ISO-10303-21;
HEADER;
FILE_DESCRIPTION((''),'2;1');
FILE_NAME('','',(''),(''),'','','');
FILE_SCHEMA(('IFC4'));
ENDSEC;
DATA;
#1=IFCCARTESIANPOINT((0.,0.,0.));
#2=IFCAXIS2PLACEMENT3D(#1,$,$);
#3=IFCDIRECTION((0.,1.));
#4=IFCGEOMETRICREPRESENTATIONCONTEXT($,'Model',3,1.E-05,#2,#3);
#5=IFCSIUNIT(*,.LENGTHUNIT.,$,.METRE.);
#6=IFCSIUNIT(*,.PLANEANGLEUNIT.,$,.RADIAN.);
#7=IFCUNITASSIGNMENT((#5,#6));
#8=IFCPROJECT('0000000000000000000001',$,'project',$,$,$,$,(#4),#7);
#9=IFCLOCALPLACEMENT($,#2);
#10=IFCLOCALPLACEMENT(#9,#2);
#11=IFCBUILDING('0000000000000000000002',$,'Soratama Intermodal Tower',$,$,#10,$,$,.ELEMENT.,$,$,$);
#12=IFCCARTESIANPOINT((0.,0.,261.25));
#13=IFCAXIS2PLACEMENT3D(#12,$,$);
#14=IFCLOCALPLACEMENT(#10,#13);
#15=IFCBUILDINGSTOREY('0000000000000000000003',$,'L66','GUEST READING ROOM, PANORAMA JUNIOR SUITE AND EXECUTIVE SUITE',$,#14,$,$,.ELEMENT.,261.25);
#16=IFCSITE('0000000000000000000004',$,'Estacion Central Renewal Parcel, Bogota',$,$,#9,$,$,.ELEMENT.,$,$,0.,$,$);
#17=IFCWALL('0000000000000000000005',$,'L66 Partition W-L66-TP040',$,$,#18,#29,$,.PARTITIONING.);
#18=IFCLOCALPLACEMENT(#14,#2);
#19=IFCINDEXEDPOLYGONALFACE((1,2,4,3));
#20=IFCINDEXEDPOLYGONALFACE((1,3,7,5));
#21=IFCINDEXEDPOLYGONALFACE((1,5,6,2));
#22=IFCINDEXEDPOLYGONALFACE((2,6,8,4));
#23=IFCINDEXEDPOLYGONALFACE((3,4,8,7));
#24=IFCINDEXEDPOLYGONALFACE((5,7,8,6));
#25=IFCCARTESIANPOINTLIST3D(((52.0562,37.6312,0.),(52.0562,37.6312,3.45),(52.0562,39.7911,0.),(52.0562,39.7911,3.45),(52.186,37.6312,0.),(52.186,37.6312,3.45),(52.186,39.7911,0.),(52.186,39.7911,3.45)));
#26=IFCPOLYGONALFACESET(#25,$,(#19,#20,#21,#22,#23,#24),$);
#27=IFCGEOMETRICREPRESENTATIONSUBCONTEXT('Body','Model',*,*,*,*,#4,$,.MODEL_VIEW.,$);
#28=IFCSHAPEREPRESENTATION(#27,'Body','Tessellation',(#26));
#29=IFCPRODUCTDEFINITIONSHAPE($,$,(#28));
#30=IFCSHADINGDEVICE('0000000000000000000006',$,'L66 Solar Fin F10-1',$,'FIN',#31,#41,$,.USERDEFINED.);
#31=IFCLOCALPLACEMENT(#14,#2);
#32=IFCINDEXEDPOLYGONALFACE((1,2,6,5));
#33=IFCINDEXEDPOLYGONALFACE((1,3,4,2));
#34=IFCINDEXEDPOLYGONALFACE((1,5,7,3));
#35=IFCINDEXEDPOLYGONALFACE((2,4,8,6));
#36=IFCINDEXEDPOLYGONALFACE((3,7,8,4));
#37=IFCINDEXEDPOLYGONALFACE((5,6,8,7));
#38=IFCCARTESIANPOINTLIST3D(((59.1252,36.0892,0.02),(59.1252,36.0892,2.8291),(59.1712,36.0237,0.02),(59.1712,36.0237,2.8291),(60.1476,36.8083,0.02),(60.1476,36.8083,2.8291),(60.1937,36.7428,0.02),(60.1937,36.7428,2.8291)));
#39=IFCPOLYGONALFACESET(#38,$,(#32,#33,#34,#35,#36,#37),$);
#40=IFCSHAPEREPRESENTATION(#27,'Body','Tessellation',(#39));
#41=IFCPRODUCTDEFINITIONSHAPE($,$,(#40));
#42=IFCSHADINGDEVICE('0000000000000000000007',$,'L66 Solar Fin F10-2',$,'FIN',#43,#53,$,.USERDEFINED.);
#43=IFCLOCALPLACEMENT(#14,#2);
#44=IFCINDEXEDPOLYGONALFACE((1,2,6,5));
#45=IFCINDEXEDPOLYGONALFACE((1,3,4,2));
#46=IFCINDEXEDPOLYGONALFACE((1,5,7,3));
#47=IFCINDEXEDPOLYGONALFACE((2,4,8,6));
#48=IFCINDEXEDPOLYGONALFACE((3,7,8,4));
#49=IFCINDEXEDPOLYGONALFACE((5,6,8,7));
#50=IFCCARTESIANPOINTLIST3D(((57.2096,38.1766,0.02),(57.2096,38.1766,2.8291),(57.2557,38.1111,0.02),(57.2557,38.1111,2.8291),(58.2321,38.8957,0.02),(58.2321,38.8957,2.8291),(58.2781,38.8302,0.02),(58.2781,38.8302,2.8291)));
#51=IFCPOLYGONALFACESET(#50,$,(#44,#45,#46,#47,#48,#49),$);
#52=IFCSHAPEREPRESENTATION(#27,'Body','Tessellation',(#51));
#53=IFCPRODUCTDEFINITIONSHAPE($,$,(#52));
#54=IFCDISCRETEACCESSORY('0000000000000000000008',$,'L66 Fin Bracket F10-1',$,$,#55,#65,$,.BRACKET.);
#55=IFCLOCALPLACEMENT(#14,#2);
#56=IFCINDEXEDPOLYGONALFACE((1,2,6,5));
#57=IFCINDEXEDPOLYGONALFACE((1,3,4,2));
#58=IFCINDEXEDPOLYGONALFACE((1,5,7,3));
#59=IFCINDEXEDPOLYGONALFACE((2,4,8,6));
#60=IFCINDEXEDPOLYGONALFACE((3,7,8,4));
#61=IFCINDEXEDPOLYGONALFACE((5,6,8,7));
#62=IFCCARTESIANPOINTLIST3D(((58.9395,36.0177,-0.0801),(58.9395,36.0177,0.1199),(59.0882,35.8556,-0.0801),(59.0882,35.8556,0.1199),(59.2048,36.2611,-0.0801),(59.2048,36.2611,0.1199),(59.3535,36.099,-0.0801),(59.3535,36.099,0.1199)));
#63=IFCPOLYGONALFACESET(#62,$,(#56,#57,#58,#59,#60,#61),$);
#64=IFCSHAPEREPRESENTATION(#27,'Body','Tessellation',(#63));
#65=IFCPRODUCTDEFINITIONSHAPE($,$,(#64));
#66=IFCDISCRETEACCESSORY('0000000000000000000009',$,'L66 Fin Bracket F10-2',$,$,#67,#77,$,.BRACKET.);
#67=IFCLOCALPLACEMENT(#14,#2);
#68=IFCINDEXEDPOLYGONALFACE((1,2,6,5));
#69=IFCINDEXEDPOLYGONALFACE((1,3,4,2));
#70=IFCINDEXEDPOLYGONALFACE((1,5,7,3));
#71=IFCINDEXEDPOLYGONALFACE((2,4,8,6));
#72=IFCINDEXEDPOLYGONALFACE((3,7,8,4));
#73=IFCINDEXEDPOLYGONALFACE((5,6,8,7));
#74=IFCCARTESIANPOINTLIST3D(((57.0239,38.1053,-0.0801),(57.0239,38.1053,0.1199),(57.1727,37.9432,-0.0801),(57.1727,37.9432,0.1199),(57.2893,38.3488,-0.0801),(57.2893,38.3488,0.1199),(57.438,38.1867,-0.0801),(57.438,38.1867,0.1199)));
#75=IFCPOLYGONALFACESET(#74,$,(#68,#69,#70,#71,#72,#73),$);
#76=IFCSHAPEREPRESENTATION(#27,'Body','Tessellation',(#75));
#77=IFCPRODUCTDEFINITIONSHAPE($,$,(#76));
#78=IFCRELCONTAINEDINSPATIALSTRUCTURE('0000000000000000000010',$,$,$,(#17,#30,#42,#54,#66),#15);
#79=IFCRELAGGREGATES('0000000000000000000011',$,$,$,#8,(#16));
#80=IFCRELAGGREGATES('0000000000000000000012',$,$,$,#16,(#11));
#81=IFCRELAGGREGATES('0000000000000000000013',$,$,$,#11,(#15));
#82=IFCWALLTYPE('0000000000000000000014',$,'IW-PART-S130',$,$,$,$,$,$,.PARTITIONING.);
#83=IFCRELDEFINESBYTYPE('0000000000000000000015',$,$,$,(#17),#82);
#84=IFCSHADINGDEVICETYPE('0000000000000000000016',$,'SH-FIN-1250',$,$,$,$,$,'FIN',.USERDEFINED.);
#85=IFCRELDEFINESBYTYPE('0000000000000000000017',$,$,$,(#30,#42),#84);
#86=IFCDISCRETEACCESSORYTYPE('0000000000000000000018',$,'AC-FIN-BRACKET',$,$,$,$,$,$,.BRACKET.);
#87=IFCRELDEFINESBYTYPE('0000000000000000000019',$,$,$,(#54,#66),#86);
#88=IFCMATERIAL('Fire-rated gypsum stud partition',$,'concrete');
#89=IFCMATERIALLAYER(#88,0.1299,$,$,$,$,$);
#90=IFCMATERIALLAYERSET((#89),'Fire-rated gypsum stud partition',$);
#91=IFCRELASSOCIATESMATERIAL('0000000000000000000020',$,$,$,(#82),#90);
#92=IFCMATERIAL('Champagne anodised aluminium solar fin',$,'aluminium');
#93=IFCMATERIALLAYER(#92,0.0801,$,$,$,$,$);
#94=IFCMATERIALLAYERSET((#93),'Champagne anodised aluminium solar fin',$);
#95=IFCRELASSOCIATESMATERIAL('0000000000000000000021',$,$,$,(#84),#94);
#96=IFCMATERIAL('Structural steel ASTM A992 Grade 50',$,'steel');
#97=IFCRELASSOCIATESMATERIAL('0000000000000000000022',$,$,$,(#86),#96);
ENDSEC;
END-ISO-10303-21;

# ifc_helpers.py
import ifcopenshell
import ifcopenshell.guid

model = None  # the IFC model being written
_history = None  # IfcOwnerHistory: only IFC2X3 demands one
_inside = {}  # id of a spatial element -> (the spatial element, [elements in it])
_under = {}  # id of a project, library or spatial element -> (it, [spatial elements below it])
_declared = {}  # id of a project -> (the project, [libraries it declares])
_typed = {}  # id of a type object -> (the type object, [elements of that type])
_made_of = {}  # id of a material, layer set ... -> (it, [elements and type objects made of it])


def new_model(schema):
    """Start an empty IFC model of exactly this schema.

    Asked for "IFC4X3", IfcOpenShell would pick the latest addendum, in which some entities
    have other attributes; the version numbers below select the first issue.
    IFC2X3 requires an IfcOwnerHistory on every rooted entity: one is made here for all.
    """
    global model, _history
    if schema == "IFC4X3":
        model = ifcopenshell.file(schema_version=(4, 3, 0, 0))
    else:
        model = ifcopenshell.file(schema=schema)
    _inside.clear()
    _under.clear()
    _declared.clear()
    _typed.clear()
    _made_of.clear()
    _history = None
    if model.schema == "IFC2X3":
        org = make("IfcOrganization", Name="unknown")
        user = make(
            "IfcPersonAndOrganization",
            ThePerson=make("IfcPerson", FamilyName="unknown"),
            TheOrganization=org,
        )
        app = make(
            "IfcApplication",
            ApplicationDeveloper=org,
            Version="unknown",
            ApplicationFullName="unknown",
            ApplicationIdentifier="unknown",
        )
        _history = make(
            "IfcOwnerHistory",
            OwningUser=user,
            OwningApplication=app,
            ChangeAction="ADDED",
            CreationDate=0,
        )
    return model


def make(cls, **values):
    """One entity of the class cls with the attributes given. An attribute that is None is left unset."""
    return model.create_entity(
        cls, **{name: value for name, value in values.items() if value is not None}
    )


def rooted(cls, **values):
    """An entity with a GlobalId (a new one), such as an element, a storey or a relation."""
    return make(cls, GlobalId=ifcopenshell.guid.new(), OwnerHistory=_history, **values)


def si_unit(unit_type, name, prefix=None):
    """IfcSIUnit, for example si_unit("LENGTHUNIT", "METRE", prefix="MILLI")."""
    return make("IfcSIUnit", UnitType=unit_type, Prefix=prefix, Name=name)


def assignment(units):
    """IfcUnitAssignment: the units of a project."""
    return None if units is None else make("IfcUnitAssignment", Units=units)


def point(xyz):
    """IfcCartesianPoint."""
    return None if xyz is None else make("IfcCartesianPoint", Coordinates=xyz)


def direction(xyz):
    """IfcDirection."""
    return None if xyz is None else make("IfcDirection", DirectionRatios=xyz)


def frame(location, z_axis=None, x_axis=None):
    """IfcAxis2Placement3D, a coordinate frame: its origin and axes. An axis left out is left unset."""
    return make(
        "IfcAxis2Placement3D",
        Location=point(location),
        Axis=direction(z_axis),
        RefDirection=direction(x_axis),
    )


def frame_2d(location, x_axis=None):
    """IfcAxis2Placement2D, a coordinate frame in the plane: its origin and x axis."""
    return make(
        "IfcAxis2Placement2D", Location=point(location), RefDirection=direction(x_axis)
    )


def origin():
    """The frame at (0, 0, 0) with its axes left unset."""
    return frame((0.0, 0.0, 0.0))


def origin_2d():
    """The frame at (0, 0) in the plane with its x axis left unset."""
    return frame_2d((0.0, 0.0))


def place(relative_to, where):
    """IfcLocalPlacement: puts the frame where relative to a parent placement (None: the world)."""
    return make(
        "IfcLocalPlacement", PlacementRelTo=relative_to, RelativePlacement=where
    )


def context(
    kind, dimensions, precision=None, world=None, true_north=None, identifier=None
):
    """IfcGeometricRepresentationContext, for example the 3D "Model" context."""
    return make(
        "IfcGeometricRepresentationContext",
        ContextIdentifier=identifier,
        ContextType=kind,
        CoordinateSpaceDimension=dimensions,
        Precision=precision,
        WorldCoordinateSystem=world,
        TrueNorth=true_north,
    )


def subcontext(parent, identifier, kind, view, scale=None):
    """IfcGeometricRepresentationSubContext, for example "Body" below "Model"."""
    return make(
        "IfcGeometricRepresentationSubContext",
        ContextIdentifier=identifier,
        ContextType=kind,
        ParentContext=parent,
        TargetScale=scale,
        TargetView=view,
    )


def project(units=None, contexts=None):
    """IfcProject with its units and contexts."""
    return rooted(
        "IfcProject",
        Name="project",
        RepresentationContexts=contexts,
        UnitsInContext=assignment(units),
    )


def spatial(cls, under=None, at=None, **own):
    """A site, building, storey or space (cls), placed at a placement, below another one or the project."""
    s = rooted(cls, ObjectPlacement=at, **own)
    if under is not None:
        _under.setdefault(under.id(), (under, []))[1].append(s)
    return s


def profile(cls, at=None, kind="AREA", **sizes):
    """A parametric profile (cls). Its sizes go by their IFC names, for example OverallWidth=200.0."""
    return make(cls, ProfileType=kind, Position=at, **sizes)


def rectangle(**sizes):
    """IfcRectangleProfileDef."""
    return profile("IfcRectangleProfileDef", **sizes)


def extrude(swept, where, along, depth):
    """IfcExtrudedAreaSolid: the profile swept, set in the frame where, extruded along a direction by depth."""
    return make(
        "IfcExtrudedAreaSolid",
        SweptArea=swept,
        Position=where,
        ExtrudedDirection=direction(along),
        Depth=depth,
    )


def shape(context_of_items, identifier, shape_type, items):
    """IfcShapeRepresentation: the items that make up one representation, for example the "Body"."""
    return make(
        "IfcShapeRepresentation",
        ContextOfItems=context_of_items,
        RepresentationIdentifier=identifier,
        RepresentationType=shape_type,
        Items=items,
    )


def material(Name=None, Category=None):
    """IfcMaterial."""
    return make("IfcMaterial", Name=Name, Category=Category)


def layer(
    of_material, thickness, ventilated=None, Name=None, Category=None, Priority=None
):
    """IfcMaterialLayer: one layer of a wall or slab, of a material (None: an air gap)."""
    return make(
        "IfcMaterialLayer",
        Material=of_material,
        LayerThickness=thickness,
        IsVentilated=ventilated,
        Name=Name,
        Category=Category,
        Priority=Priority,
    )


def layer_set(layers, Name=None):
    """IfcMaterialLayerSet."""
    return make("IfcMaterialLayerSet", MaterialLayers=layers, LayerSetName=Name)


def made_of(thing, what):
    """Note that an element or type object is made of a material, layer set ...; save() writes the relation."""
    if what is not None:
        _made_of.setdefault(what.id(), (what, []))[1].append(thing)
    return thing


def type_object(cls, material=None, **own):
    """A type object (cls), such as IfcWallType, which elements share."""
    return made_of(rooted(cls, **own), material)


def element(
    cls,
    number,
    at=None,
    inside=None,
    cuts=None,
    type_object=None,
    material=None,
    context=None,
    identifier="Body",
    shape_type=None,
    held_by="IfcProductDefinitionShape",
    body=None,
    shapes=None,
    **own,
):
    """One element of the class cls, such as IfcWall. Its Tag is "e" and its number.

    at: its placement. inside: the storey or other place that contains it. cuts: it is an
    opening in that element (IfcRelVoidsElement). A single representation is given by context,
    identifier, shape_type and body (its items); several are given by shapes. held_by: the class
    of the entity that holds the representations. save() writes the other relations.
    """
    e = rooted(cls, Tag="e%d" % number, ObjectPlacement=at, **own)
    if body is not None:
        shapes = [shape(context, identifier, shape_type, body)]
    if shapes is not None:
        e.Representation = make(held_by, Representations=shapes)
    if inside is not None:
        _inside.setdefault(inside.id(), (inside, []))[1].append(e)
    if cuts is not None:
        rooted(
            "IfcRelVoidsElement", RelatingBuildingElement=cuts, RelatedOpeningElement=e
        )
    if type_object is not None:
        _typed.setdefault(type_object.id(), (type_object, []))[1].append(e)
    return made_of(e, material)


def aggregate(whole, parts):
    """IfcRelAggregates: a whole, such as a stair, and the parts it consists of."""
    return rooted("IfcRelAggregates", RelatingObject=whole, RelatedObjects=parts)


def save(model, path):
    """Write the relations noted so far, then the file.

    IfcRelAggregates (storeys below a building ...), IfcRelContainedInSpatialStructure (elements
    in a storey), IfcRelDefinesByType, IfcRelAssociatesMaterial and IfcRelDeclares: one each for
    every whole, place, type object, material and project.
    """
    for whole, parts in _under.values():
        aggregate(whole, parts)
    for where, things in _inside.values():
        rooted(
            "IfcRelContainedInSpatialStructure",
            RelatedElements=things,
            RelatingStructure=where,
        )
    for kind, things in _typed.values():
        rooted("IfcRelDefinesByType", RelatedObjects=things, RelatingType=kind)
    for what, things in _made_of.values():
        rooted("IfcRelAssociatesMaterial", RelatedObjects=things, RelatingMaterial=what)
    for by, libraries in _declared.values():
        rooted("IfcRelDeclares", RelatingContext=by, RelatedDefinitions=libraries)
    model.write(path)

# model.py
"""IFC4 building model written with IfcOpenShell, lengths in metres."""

from ifc_helpers import new_model, si_unit, direction, frame, frame_2d, origin, origin_2d, place, context, subcontext, project, spatial, rectangle, extrude, material, layer, layer_set, type_object, element, save


model = new_model("IFC4")

# Units and contexts
model_context = context("Model", 3, precision=1e-05, world=origin(), true_north=direction((0.0, 1.0)))
body_context = subcontext(model_context, "Body", "Model", "MODEL_VIEW")
ifc_project = project(units=[si_unit("LENGTHUNIT", "METRE"), si_unit("PLANEANGLEUNIT", "RADIAN")], contexts=[model_context])

# Site, building, storey
site_placement = place(None, origin())
site = spatial("IfcSite", under=ifc_project, at=site_placement, Name="Estacion Central Renewal Parcel, Bogota", CompositionType="ELEMENT", RefElevation=0.0)
building_placement = place(site_placement, origin())
building = spatial("IfcBuilding", under=site, at=building_placement, Name="Soratama Intermodal Tower", CompositionType="ELEMENT")
storey_placement = place(building_placement, frame((0.0, 0.0, 261.25)))
storey = spatial("IfcBuildingStorey", under=building, at=storey_placement, Name="L66", Description="GUEST READING ROOM, PANORAMA JUNIOR SUITE AND EXECUTIVE SUITE", CompositionType="ELEMENT", Elevation=261.25)

# Shared definitions
ifc_material_1 = material(Name="Fire-rated gypsum stud partition", Category="concrete")
ifc_layer_1 = layer(ifc_material_1, 0.1299)
ifc_layer_set_1 = layer_set([ifc_layer_1], Name="Fire-rated gypsum stud partition")
wall_type_1 = type_object("IfcWallType", Name="IW-PART-S130", PredefinedType="PARTITIONING", material=ifc_layer_set_1)

# Wall
wall_1_placement = place(storey_placement, frame((52.1211, 37.6311, 0.0), z_axis=(0.0, 0.0, 1.0), x_axis=(0.0, 1.0, 0.0)))
element("IfcWall", 1, at=wall_1_placement, inside=storey, type_object=wall_type_1, Name="L66 Partition W-L66-TP040", PredefinedType="PARTITIONING", context=body_context, shape_type="SweptSolid", body=[
    extrude(rectangle(XDim=2.1599, YDim=0.1299, at=frame_2d((1.0801, 0.0))), origin(), (0.0, 0.0, 1.0), 3.45),
])

# Shading devices
ifc_material_2 = material(Name="Champagne anodised aluminium solar fin", Category="aluminium")
ifc_layer_2 = layer(ifc_material_2, 0.0801)
ifc_layer_set_2 = layer_set([ifc_layer_2], Name="Champagne anodised aluminium solar fin")
shading_device_type = type_object("IfcShadingDeviceType", Name="SH-FIN-1250", ElementType="FIN", PredefinedType="USERDEFINED", material=ifc_layer_set_2)
for number, where, z_axis, x_axis, name in (
    (2, (59.6594, 36.416, 0.02), (0.0, 0.0, 1.0), (0.817949, 0.575291, 0.0), "L66 Solar Fin F10-1"),
    (3, (57.7439, 38.5034, 0.02), (0.0, 0.0, 1.0), (0.817949, 0.575291, 0.0), "L66 Solar Fin F10-2"),
):
    element("IfcShadingDevice", number, at=place(storey_placement, frame(where, z_axis=z_axis, x_axis=x_axis)), inside=storey, type_object=shading_device_type, Name=name, ObjectType="FIN", PredefinedType="USERDEFINED", context=body_context, shape_type="SweptSolid", body=[
        extrude(rectangle(XDim=1.25, YDim=0.0801, at=origin_2d()), origin(), (0.0, 0.0, 1.0), 2.8091),
    ])

# Discrete accessories
ifc_material_3 = material(Name="Structural steel ASTM A992 Grade 50", Category="steel")
discrete_accessory_type = type_object("IfcDiscreteAccessoryType", Name="AC-FIN-BRACKET", PredefinedType="BRACKET", material=ifc_material_3)
for number, where, z_axis, x_axis, name in (
    (4, (59.1465, 36.0583, -0.0801), (0.0, 0.0, 1.0), (0.736806, 0.676105, 0.0), "L66 Fin Bracket F10-1"),
    (5, (57.231, 38.146, -0.0801), (0.0, 0.0, 1.0), (0.736806, 0.676105, 0.0), "L66 Fin Bracket F10-2"),
):
    element("IfcDiscreteAccessory", number, at=place(storey_placement, frame(where, z_axis=z_axis, x_axis=x_axis)), inside=storey, type_object=discrete_accessory_type, Name=name, PredefinedType="BRACKET", context=body_context, shape_type="SweptSolid", body=[
        extrude(rectangle(XDim=0.3601, YDim=0.22, at=origin_2d()), origin(), (0.0, 0.0, 1.0), 0.2),
    ])

save(model, "model.ifc")
